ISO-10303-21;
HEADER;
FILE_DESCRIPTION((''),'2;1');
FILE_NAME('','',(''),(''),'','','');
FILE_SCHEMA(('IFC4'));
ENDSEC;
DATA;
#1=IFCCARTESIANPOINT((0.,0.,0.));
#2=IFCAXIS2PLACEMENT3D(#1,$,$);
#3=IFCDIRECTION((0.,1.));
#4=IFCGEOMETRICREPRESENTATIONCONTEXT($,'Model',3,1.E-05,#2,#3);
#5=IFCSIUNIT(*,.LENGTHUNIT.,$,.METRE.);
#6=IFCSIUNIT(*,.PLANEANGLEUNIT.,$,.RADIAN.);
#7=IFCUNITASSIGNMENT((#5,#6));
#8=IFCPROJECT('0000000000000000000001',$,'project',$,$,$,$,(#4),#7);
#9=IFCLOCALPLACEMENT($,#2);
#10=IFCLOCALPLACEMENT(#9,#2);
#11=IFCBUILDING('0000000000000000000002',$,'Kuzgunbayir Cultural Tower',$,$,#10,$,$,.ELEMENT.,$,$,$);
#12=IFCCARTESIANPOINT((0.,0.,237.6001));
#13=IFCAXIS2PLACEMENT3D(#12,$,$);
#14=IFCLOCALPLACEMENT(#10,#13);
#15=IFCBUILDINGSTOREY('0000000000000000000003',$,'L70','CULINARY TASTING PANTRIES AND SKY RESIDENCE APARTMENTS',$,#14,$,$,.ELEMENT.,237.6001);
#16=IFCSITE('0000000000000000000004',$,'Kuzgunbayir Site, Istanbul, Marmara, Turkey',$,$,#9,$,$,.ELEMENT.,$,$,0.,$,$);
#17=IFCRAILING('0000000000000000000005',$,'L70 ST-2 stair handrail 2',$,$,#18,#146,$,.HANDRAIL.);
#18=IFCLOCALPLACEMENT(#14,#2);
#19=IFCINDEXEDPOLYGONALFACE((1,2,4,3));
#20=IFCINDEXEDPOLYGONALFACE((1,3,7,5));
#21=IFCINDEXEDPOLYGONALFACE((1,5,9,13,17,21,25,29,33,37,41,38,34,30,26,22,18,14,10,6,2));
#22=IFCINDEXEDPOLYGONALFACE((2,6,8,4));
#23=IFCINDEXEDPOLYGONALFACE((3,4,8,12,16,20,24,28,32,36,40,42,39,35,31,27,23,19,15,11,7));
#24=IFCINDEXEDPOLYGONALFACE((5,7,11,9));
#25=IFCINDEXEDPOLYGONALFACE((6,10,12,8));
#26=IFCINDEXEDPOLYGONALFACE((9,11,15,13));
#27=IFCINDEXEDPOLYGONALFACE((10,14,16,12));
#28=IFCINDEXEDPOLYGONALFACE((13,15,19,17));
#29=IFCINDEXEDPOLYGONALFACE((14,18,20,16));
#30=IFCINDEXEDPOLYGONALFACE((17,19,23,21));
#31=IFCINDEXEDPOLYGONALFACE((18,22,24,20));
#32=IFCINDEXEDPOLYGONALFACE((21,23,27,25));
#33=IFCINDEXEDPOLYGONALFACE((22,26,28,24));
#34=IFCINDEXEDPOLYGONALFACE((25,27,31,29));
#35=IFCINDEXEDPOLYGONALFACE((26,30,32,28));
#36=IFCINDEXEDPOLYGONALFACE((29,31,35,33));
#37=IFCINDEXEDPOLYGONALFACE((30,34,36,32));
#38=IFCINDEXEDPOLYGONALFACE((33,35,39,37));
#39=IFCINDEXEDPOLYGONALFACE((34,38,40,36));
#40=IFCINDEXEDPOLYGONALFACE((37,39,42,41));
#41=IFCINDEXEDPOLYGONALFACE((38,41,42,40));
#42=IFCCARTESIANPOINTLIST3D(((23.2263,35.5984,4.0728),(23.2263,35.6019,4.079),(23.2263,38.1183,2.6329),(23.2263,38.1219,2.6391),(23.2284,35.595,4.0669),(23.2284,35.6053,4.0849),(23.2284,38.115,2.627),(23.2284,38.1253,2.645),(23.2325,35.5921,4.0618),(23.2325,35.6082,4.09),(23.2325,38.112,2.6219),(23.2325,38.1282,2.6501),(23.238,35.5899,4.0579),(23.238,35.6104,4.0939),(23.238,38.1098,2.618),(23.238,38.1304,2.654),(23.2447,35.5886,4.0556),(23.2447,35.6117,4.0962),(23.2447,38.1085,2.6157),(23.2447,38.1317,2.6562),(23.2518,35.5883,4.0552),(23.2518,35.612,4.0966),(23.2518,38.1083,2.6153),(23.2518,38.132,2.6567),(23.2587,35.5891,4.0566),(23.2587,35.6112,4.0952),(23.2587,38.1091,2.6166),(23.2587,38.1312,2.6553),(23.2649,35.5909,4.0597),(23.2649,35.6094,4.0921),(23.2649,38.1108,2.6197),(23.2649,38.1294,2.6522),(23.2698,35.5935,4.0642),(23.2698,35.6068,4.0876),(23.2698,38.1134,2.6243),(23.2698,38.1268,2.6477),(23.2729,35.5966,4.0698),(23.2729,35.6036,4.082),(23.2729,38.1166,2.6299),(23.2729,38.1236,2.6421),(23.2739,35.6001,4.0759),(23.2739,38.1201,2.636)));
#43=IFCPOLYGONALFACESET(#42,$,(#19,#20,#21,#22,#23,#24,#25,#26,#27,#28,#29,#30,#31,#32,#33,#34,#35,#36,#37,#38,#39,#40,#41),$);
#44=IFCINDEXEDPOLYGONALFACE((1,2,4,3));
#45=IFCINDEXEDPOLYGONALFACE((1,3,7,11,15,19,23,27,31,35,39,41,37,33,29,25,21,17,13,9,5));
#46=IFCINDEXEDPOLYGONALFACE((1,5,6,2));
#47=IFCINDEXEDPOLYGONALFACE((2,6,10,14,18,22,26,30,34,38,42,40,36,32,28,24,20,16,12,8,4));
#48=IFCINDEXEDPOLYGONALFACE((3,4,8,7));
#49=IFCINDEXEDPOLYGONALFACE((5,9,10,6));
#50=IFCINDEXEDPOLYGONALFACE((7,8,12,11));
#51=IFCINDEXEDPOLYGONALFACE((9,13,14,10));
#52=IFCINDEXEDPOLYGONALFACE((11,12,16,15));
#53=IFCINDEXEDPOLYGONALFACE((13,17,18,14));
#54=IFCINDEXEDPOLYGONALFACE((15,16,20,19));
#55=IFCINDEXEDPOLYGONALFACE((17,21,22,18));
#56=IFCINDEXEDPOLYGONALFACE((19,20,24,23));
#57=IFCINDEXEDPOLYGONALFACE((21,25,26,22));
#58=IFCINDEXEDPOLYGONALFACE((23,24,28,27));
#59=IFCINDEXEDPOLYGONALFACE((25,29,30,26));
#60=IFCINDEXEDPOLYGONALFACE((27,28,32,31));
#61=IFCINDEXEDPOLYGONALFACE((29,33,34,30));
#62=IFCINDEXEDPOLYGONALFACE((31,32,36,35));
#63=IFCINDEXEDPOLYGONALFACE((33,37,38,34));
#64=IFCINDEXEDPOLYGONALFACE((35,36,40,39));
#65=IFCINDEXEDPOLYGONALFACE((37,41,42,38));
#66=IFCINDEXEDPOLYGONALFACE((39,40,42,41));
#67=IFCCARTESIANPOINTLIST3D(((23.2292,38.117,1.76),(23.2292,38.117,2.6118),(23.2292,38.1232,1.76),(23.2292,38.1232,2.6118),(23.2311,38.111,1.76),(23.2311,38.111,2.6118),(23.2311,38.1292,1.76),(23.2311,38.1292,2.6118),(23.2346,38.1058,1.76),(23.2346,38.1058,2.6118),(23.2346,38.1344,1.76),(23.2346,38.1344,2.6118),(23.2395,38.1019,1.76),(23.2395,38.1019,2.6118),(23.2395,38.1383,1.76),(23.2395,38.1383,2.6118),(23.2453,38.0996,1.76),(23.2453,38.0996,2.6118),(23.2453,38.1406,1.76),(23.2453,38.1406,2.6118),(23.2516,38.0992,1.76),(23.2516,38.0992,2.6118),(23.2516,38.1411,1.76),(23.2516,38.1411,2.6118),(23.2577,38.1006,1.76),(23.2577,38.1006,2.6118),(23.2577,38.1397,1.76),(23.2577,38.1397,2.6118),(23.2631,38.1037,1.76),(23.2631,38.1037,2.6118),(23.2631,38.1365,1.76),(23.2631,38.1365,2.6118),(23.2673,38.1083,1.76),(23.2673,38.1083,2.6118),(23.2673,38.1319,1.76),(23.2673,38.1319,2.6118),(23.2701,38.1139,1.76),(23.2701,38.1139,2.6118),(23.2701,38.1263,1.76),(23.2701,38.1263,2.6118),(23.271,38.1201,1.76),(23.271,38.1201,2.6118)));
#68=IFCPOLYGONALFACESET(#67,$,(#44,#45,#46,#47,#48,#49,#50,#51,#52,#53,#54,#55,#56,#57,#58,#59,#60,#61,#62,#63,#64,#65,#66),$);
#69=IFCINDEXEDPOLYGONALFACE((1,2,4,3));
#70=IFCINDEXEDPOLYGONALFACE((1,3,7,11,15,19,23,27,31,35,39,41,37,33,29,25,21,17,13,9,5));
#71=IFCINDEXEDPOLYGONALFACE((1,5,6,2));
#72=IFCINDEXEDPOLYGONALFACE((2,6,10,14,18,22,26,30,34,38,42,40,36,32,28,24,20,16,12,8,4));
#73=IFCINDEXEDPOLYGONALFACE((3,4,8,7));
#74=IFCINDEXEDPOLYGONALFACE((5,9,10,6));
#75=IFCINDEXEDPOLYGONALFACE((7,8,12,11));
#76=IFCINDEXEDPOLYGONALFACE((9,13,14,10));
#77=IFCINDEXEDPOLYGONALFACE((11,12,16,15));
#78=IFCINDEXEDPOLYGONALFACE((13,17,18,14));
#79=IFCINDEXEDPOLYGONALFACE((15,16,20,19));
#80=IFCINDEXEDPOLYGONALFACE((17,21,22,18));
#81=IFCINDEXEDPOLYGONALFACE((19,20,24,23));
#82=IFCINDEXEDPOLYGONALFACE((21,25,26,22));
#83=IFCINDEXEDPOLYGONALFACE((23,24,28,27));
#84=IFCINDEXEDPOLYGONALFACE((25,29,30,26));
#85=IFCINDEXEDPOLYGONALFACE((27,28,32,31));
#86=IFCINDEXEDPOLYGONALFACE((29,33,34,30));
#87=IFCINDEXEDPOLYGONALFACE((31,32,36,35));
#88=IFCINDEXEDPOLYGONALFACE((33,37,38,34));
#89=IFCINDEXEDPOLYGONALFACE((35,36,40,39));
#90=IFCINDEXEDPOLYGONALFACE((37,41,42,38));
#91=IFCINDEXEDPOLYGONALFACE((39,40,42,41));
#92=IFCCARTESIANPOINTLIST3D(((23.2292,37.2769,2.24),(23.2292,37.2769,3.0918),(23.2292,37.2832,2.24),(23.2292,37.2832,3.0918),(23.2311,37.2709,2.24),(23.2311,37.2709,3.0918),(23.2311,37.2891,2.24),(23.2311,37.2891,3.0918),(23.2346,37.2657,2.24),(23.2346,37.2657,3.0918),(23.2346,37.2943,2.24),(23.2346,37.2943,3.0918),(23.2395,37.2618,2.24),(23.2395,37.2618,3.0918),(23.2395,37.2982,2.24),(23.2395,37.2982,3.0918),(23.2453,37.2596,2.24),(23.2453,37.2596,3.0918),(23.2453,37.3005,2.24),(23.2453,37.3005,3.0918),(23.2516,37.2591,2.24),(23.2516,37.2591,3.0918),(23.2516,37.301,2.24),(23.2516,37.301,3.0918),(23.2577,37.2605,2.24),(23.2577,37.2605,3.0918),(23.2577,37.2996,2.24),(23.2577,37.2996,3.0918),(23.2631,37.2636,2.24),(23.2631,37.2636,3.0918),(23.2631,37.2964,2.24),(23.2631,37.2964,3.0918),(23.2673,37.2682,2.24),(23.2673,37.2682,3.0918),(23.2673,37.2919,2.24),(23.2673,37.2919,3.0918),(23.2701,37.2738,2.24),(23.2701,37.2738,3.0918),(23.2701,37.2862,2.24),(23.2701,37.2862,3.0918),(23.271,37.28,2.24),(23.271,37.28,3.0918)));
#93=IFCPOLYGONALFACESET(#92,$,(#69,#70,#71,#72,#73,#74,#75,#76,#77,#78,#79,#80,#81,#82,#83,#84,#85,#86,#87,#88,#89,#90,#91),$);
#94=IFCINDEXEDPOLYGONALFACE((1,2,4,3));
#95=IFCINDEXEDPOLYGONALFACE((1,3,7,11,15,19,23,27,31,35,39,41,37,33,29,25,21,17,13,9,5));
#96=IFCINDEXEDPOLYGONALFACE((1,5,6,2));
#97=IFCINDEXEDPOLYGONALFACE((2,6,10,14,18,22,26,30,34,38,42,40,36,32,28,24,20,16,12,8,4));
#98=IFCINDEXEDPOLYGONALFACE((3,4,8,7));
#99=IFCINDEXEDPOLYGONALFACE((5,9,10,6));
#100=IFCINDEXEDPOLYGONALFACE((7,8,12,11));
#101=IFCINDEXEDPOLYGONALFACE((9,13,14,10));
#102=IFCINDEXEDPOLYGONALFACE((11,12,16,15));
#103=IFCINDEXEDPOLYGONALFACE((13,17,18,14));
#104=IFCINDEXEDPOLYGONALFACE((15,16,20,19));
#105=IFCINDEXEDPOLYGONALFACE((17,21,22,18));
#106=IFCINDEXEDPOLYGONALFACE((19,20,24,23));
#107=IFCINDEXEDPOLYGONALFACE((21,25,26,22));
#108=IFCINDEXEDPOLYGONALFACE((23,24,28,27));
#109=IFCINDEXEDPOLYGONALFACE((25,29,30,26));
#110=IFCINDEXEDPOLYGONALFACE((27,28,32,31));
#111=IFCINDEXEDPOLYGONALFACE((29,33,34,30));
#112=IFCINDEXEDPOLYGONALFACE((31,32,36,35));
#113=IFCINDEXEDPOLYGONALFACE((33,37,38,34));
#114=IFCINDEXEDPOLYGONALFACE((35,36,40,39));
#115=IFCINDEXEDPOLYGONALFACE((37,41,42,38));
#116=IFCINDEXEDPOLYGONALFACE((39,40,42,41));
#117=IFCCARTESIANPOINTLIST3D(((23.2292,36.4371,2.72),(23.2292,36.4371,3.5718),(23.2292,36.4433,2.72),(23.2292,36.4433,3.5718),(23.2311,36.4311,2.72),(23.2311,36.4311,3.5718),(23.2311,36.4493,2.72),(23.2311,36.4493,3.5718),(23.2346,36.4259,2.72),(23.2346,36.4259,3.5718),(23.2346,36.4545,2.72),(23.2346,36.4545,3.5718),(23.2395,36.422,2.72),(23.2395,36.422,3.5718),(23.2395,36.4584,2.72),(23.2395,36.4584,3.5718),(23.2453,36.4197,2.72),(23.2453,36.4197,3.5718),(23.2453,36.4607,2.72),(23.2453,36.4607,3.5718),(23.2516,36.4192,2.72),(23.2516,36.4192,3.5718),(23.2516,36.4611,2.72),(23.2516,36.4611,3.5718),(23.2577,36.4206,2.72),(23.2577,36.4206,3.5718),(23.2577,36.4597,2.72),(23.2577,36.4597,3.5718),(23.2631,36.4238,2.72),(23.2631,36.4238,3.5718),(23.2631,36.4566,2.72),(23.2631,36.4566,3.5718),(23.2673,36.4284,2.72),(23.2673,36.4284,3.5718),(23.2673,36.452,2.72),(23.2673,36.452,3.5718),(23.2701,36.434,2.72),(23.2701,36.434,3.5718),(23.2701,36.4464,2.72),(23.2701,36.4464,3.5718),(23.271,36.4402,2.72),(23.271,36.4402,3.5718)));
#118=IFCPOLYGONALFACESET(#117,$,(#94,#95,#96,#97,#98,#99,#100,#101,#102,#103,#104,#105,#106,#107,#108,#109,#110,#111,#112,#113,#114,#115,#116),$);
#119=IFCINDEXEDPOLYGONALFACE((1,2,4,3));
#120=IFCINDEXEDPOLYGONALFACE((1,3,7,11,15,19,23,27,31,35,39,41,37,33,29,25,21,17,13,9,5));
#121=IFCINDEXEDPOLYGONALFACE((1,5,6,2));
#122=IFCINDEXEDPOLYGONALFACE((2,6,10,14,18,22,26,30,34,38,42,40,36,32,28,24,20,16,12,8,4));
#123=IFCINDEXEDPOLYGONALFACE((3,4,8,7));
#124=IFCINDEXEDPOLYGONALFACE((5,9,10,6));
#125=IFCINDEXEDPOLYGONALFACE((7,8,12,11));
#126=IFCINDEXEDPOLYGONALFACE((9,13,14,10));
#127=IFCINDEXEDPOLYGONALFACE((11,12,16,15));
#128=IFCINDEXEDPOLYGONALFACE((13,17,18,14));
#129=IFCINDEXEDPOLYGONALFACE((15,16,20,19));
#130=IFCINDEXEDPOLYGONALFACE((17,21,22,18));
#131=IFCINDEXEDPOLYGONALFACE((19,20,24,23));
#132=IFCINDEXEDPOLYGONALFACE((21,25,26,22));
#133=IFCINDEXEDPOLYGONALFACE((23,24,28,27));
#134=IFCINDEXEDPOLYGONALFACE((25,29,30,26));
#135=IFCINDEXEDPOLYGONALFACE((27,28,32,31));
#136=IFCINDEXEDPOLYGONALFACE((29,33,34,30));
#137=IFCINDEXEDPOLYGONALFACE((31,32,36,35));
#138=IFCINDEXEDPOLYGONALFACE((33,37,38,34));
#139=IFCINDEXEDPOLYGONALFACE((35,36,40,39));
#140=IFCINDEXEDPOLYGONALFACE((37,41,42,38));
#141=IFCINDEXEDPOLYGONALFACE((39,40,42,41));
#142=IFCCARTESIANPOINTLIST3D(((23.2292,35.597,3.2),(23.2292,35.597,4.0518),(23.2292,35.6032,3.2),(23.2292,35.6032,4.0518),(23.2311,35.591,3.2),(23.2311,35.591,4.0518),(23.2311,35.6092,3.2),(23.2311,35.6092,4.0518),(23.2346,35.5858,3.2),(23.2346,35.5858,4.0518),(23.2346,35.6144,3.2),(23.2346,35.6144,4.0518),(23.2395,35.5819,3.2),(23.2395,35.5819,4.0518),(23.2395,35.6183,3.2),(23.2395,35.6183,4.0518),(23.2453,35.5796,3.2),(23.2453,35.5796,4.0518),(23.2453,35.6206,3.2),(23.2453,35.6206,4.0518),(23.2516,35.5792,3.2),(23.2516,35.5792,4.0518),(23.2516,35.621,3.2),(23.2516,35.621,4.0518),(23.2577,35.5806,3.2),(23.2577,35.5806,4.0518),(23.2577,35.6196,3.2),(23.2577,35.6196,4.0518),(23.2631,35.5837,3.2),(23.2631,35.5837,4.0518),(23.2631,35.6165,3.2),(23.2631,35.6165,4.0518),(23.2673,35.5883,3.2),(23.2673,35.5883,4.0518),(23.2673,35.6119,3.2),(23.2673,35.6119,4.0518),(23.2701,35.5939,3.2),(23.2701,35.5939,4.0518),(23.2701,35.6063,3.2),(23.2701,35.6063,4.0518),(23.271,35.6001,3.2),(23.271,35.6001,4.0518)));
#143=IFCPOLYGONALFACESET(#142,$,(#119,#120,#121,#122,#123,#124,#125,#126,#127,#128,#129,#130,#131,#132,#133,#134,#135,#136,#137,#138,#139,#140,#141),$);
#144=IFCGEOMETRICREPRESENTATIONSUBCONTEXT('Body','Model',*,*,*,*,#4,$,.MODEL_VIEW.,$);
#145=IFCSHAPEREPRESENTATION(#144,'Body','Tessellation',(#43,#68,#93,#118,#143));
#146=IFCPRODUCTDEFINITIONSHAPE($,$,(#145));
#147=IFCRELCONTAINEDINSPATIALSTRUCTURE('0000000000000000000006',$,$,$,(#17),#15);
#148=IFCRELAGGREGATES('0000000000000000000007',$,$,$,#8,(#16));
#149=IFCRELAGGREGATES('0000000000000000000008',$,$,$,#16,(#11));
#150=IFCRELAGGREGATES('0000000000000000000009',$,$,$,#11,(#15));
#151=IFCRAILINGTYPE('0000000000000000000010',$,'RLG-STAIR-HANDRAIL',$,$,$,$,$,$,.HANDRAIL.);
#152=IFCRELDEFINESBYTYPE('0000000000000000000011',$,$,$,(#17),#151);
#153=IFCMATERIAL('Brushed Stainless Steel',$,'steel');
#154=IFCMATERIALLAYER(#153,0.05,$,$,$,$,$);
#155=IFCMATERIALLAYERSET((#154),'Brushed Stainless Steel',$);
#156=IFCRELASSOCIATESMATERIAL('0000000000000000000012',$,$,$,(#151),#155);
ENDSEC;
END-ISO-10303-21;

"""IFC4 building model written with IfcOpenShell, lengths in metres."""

from ifc_helpers import new_model, si_unit, direction, frame, origin, origin_2d, place, context, subcontext, project, spatial, circle, extrude, material, layer, layer_set, type_object, element, save


model = new_model("IFC4")

# Units and contexts
model_context = context("Model", 3, precision=1e-05, world=origin(), true_north=direction((0.0, 1.0)))
body_context = subcontext(model_context, "Body", "Model", "MODEL_VIEW")
ifc_project = project(units=[si_unit("LENGTHUNIT", "METRE"), si_unit("PLANEANGLEUNIT", "RADIAN")], contexts=[model_context])

# Site, building, storey
site_placement = place(None, origin())
site = spatial("IfcSite", under=ifc_project, at=site_placement, Name="Kuzgunbayir Site, Istanbul, Marmara, Turkey", CompositionType="ELEMENT", RefElevation=0.0)
building_placement = place(site_placement, origin())
building = spatial("IfcBuilding", under=site, at=building_placement, Name="Kuzgunbayir Cultural Tower", CompositionType="ELEMENT")
storey_placement = place(building_placement, frame((0.0, 0.0, 237.6001)))
storey = spatial("IfcBuildingStorey", under=building, at=storey_placement, Name="L70", Description="CULINARY TASTING PANTRIES AND SKY RESIDENCE APARTMENTS", CompositionType="ELEMENT", Elevation=237.6001)

# Railing
ifc_material_1 = material(Name="Brushed Stainless Steel", Category="steel")
ifc_layer_1 = layer(ifc_material_1, 0.05)
ifc_layer_set_1 = layer_set([ifc_layer_1], Name="Brushed Stainless Steel")
railing_type_1 = type_object("IfcRailingType", Name="RLG-STAIR-HANDRAIL", PredefinedType="HANDRAIL", material=ifc_layer_set_1)
railing_1_placement = place(storey_placement, frame((23.25, 38.1201, 1.76)))
element("IfcRailing", 1, at=railing_1_placement, inside=storey, type_object=railing_type_1, Name="L70 ST-2 stair handrail 2", PredefinedType="HANDRAIL", context=body_context, shape_type="SweptSolid", body=[
    extrude(circle(Radius=0.0239, at=origin_2d()), frame((0.0, 0.0, 0.876), z_axis=(0.0, -0.868253, 0.496121), x_axis=(1.0, 0.0, 0.0)), (0.0, 0.0, 1.0), 2.9023),
    extrude(circle(Radius=0.021, at=origin_2d()), origin(), (0.0, 0.0, 1.0), 0.8518),
    extrude(circle(Radius=0.021, at=origin_2d()), frame((0.0, -0.8401, 0.48)), (0.0, 0.0, 1.0), 0.8518),
    extrude(circle(Radius=0.021, at=origin_2d()), frame((0.0, -1.6799, 0.96)), (0.0, 0.0, 1.0), 0.8518),
    extrude(circle(Radius=0.021, at=origin_2d()), frame((0.0, -2.52, 1.4399)), (0.0, 0.0, 1.0), 0.8518),
])

save(model, "model.ifc")
